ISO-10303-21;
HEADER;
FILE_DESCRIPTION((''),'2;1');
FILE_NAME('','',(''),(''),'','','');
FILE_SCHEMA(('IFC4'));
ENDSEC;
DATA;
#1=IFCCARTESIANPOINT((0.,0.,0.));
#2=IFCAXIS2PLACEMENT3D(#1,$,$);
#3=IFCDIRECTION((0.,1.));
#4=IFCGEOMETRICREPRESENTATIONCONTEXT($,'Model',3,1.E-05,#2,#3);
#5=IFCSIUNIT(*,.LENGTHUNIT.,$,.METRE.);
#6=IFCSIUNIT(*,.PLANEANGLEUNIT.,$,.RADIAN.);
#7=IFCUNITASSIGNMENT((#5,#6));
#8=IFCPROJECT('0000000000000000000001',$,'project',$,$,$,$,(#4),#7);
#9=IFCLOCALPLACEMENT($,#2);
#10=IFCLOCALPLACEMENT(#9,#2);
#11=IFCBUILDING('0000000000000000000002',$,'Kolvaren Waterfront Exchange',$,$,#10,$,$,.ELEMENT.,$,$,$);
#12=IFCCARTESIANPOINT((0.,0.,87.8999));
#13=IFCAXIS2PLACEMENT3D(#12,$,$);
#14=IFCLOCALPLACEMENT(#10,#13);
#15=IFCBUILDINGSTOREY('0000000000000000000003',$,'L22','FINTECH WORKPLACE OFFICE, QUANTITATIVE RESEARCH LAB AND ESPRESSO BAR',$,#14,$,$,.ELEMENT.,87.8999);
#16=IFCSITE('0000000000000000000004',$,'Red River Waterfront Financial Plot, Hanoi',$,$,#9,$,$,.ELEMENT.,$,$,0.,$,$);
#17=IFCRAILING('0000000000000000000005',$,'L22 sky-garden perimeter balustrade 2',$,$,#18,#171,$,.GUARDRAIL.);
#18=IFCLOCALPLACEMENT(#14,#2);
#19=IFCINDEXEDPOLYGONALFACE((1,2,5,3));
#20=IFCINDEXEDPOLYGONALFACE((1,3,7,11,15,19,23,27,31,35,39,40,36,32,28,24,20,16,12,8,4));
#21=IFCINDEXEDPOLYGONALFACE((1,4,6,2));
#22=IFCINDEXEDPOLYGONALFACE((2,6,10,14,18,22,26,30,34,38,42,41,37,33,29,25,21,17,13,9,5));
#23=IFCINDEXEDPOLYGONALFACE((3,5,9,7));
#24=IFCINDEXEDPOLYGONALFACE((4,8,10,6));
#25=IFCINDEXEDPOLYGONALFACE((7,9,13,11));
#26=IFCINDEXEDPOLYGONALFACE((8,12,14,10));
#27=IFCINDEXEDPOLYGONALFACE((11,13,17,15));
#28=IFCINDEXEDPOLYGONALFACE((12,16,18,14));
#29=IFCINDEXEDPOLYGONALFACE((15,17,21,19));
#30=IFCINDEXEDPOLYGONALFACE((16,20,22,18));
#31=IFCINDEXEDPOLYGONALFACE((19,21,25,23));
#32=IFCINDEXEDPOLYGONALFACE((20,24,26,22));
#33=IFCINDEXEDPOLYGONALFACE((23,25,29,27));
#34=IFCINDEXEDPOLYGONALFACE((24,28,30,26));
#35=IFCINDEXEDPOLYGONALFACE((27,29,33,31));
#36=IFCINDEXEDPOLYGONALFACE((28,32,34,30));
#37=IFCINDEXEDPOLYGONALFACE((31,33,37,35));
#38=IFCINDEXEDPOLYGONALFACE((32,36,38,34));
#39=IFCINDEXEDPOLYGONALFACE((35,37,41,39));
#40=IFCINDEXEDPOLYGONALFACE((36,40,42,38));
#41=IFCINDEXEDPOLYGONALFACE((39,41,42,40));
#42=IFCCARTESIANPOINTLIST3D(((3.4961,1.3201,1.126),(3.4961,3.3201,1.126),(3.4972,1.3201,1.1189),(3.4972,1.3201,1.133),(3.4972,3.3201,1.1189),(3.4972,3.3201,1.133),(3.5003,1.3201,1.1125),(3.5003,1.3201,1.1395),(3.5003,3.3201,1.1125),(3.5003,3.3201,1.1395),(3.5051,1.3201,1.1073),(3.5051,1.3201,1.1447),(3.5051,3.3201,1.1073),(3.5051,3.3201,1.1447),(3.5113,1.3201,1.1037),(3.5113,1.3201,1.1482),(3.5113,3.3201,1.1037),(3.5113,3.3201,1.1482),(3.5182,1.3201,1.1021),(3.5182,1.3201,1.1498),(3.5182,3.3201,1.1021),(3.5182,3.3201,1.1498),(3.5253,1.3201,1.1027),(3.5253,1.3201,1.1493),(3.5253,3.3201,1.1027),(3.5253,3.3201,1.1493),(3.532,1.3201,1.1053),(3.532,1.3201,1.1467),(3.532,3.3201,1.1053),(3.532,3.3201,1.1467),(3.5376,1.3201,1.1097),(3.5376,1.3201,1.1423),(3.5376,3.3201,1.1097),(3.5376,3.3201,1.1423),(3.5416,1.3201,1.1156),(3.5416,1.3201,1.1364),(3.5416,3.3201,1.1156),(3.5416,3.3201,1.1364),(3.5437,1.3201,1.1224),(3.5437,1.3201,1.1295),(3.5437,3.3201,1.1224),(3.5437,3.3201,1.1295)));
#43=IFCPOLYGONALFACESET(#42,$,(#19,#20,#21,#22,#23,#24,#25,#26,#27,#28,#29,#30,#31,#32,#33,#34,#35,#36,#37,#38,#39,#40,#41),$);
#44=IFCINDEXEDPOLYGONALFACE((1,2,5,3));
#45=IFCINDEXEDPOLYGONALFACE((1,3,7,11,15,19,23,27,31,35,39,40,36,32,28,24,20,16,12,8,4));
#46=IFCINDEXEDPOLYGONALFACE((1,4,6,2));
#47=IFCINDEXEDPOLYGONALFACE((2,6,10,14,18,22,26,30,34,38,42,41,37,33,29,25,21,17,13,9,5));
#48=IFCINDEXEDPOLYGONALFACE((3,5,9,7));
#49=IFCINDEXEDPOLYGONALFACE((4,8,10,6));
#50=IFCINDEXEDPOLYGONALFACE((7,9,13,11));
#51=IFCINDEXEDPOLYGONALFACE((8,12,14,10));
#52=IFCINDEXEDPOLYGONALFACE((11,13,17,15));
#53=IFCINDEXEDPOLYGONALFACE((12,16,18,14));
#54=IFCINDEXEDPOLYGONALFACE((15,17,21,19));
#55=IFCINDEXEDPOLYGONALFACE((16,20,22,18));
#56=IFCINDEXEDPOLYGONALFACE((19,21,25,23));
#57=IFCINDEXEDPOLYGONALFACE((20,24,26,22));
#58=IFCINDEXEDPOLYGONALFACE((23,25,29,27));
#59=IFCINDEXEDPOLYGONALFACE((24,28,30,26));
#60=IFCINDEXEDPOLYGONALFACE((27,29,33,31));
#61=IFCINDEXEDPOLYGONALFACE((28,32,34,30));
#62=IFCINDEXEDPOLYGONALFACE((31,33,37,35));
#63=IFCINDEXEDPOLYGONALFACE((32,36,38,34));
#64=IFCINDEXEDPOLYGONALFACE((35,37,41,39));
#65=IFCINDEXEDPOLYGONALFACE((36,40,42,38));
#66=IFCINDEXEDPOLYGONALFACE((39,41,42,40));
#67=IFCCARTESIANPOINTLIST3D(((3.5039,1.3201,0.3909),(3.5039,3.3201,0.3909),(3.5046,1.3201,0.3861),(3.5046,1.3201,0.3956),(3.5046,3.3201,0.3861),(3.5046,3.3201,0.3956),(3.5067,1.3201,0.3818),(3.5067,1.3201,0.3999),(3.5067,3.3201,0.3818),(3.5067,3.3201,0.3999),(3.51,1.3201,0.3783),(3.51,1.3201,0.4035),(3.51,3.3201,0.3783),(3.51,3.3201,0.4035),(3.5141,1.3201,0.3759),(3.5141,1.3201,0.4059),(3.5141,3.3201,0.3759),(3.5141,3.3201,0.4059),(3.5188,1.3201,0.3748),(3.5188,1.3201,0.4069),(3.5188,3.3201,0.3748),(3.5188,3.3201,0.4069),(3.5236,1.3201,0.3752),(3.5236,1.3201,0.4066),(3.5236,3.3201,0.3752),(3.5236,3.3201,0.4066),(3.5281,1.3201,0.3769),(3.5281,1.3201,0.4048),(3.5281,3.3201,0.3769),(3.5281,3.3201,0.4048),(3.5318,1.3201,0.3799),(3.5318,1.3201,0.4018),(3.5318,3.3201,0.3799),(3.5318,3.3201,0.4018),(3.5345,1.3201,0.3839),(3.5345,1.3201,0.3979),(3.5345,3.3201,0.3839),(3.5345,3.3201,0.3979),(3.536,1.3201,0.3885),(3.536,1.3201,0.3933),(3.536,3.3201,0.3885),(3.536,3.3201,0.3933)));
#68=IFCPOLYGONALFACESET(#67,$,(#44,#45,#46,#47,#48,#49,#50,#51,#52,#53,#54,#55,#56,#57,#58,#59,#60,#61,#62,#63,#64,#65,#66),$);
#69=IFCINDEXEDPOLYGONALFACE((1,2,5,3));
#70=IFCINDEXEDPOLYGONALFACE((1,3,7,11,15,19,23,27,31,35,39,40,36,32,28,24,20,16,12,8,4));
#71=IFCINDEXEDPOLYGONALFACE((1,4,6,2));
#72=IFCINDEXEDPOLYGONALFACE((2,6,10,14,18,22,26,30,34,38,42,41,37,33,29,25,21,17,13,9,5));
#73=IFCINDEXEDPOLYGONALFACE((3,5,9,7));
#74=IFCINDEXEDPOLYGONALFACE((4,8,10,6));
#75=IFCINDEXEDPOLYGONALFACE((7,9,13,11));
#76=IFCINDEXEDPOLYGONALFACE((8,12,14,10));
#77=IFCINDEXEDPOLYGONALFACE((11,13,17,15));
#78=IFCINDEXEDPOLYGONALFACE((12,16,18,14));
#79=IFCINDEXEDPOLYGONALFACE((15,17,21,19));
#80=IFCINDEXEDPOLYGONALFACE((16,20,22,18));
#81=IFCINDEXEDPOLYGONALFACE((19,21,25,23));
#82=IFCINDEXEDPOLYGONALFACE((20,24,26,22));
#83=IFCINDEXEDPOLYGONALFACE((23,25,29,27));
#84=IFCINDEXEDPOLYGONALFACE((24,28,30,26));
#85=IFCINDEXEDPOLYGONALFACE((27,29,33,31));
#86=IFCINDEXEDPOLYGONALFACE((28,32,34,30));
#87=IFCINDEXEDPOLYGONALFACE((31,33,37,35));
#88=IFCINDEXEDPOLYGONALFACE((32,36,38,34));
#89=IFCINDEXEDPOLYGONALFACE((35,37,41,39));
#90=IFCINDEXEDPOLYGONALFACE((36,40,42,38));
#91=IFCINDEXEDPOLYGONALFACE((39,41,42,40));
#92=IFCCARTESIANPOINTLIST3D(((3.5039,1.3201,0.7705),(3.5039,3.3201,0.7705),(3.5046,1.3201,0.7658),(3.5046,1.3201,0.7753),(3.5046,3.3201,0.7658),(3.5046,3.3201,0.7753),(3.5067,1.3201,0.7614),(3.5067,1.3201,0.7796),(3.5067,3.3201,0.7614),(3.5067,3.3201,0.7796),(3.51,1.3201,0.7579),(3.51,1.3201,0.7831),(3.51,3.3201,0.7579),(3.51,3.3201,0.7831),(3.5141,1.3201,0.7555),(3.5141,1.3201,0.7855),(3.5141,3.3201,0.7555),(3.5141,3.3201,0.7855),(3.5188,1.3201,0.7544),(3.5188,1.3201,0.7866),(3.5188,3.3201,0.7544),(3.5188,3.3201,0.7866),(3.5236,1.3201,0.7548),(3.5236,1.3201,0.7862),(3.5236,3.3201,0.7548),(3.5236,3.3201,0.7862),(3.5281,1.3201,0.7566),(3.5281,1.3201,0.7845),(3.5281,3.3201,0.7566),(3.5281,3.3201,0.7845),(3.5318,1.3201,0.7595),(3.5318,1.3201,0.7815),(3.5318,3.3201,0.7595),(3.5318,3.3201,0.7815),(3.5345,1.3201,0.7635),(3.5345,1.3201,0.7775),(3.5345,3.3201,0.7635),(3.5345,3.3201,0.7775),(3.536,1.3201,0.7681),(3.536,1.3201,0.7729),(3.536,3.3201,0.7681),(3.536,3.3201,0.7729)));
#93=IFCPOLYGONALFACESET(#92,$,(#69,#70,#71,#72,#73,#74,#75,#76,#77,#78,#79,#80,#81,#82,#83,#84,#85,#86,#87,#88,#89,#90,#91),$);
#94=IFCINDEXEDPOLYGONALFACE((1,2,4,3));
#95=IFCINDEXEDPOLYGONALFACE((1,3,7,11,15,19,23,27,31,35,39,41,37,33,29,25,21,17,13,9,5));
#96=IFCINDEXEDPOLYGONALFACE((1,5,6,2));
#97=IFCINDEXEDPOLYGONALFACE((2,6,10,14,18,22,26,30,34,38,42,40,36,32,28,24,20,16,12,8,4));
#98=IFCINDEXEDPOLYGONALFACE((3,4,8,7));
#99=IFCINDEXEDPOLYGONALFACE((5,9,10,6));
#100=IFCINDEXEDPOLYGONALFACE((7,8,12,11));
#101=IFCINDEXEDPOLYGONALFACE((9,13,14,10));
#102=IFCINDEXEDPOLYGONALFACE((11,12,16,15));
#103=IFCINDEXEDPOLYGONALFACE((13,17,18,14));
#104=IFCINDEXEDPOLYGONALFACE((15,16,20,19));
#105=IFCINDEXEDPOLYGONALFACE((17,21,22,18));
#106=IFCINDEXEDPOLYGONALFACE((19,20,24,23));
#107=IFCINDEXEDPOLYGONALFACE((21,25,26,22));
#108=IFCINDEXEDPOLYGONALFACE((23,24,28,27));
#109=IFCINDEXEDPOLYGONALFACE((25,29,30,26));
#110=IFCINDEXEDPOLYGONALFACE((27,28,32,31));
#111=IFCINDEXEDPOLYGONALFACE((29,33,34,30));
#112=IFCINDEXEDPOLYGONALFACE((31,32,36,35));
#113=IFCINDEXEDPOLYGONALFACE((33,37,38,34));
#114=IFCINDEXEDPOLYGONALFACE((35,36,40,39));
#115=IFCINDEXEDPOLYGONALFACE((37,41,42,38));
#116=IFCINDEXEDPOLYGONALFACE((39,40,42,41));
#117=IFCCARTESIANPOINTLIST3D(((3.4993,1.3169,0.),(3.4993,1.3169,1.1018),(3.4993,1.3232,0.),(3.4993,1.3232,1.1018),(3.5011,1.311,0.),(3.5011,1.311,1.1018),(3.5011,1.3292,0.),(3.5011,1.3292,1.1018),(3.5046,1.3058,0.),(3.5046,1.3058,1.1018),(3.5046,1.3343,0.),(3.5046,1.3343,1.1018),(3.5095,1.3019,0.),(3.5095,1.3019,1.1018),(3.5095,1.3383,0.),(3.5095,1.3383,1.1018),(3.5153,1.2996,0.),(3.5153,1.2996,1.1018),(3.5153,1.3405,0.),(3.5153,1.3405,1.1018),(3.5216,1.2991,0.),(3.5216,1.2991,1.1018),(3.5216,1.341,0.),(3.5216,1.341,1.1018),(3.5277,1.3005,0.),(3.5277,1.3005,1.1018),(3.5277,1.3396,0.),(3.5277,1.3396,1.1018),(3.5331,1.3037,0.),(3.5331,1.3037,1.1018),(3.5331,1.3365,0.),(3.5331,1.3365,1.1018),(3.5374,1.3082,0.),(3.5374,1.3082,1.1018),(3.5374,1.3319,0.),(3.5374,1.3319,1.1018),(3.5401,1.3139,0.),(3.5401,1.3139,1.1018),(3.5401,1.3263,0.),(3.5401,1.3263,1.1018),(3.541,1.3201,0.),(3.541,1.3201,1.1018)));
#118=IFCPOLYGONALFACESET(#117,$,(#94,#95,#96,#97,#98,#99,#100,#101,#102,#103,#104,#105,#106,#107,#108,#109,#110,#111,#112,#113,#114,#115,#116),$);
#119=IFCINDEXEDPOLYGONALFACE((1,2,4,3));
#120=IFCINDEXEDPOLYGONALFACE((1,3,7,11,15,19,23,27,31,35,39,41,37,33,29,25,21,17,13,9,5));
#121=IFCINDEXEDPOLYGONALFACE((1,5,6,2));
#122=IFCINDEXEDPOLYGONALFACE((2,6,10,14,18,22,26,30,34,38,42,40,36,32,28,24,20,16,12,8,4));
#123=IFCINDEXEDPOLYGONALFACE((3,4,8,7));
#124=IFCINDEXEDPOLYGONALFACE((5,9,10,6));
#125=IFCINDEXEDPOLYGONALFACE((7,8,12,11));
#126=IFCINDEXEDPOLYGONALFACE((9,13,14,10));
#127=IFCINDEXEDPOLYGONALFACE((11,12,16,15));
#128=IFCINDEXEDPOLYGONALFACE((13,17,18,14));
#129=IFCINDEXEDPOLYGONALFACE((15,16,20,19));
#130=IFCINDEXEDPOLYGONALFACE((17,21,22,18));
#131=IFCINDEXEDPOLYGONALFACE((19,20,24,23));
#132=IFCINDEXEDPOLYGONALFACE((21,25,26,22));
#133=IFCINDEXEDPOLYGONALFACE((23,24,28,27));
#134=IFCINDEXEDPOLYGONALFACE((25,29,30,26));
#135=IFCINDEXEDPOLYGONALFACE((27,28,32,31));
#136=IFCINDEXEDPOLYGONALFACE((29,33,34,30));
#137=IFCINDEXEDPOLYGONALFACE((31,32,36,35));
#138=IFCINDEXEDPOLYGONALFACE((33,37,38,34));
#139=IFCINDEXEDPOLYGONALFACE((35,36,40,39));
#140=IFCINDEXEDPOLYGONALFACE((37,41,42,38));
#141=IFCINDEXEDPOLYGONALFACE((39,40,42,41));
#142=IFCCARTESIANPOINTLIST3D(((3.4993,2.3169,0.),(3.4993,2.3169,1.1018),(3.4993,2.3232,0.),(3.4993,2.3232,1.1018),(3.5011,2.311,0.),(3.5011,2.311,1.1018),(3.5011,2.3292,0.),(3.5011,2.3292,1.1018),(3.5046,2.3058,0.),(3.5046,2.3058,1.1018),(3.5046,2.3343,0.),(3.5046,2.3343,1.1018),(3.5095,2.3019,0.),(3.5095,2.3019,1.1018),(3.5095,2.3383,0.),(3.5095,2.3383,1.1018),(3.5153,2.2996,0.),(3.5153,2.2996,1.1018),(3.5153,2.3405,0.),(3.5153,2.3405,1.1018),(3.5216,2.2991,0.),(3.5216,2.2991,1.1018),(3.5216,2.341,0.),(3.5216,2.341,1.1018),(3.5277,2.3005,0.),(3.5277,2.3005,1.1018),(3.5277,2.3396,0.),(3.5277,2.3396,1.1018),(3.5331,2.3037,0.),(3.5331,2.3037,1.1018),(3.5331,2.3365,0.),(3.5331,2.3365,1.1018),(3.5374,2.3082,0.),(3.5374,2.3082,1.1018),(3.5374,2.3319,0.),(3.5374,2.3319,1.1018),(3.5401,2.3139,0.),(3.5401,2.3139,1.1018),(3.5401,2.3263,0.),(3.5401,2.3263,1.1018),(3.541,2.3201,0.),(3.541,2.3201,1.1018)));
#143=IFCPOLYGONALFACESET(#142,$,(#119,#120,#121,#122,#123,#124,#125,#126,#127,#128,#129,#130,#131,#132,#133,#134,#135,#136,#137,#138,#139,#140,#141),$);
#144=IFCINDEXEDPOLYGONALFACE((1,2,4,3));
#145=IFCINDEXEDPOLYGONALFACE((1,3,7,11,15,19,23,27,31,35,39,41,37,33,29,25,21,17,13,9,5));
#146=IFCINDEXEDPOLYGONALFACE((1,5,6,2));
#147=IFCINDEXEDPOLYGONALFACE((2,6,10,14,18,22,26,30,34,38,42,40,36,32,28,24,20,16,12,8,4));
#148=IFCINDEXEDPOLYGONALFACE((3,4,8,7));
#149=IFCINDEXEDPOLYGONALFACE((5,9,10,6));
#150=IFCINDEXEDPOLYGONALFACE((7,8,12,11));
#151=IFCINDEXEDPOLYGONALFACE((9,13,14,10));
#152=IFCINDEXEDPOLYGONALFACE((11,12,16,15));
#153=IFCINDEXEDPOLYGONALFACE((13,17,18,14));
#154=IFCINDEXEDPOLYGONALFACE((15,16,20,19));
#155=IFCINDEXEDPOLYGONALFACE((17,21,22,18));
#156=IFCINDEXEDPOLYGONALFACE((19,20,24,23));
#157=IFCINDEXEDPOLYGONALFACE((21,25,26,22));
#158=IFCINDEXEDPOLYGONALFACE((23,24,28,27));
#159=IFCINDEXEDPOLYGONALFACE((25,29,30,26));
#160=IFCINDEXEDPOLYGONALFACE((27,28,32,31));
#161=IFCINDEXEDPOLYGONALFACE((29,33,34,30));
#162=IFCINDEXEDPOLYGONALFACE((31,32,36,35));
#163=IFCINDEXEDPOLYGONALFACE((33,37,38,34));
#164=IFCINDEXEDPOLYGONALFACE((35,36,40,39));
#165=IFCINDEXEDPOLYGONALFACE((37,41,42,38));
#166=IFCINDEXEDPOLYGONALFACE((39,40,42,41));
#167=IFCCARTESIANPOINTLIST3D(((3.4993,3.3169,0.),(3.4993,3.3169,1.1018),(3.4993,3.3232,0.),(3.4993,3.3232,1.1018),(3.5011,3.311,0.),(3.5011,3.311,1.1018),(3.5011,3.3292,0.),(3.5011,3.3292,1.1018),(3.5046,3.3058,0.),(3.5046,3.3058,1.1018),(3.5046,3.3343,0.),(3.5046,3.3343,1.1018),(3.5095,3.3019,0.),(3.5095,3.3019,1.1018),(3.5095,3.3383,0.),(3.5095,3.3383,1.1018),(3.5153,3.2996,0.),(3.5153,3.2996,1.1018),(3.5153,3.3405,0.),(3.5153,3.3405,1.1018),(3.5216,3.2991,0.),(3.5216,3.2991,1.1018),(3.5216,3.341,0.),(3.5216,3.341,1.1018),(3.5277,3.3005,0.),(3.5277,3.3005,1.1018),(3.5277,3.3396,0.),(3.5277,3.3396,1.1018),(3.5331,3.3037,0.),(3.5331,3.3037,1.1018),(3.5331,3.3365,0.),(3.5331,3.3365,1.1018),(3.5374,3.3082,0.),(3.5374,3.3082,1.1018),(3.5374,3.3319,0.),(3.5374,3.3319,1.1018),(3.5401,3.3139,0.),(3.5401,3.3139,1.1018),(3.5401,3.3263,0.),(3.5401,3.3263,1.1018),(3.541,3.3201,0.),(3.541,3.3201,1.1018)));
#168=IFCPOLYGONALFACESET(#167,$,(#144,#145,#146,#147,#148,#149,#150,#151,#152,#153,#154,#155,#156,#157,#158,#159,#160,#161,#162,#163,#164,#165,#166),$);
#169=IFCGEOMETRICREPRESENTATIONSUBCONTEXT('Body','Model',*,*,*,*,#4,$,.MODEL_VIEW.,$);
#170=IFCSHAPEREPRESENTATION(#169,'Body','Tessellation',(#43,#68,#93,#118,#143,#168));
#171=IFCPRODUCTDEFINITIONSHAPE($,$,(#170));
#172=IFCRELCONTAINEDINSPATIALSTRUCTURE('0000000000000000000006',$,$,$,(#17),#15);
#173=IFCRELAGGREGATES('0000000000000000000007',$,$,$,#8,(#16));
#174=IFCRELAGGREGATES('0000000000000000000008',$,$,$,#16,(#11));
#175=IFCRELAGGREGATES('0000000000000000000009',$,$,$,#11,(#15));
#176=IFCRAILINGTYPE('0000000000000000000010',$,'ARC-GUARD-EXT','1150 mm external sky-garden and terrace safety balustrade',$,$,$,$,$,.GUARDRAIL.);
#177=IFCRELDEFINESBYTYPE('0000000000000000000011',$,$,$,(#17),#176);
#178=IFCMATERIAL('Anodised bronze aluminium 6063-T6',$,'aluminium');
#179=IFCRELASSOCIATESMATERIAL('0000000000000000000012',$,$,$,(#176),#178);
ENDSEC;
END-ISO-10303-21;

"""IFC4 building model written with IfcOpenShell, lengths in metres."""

from ifc_helpers import new_model, si_unit, direction, frame, origin, origin_2d, place, context, subcontext, project, spatial, circle, extrude, material, type_object, element, save


model = new_model("IFC4")

# Units and contexts
model_context = context("Model", 3, precision=1e-05, world=origin(), true_north=direction((0.0, 1.0)))
body_context = subcontext(model_context, "Body", "Model", "MODEL_VIEW")
ifc_project = project(units=[si_unit("LENGTHUNIT", "METRE"), si_unit("PLANEANGLEUNIT", "RADIAN")], contexts=[model_context])

# Site, building, storey
site_placement = place(None, origin())
site = spatial("IfcSite", under=ifc_project, at=site_placement, Name="Red River Waterfront Financial Plot, Hanoi", CompositionType="ELEMENT", RefElevation=0.0)
building_placement = place(site_placement, origin())
building = spatial("IfcBuilding", under=site, at=building_placement, Name="Kolvaren Waterfront Exchange", CompositionType="ELEMENT")
storey_placement = place(building_placement, frame((0.0, 0.0, 87.8999)))
storey = spatial("IfcBuildingStorey", under=building, at=storey_placement, Name="L22", Description="FINTECH WORKPLACE OFFICE, QUANTITATIVE RESEARCH LAB AND ESPRESSO BAR", CompositionType="ELEMENT", Elevation=87.8999)

# Shared definitions
ifc_material_1 = material(Name="Anodised bronze aluminium 6063-T6", Category="aluminium")

# Railing
railing_type = type_object("IfcRailingType", Name="ARC-GUARD-EXT", Description="1150 mm external sky-garden and terrace safety balustrade", PredefinedType="GUARDRAIL", material=ifc_material_1)
railing_1_placement = place(storey_placement, frame((3.52, 1.3201, 0.0)))
element("IfcRailing", 1, at=railing_1_placement, inside=storey, type_object=railing_type, Name="L22 sky-garden perimeter balustrade 2", PredefinedType="GUARDRAIL", context=body_context, shape_type="SweptSolid", body=[
    extrude(circle(Radius=0.0239, at=origin_2d()), frame((0.0, 0.0, 1.126), z_axis=(0.0, 1.0, 0.0), x_axis=(-1.0, 0.0, 0.0)), (0.0, 0.0, 1.0), 2.0),
    extrude(circle(Radius=0.0161, at=origin_2d()), frame((0.0, 0.0, 0.3909), z_axis=(0.0, 1.0, 0.0), x_axis=(-1.0, 0.0, 0.0)), (0.0, 0.0, 1.0), 2.0),
    extrude(circle(Radius=0.0161, at=origin_2d()), frame((0.0, 0.0, 0.7705), z_axis=(0.0, 1.0, 0.0), x_axis=(-1.0, 0.0, 0.0)), (0.0, 0.0, 1.0), 2.0),
    extrude(circle(Radius=0.021, at=origin_2d()), origin(), (0.0, 0.0, 1.0), 1.1018),
    extrude(circle(Radius=0.021, at=origin_2d()), frame((0.0, 1.0, 0.0)), (0.0, 0.0, 1.0), 1.1018),
    extrude(circle(Radius=0.021, at=origin_2d()), frame((0.0, 2.0, 0.0)), (0.0, 0.0, 1.0), 1.1018),
])

save(model, "model.ifc")
